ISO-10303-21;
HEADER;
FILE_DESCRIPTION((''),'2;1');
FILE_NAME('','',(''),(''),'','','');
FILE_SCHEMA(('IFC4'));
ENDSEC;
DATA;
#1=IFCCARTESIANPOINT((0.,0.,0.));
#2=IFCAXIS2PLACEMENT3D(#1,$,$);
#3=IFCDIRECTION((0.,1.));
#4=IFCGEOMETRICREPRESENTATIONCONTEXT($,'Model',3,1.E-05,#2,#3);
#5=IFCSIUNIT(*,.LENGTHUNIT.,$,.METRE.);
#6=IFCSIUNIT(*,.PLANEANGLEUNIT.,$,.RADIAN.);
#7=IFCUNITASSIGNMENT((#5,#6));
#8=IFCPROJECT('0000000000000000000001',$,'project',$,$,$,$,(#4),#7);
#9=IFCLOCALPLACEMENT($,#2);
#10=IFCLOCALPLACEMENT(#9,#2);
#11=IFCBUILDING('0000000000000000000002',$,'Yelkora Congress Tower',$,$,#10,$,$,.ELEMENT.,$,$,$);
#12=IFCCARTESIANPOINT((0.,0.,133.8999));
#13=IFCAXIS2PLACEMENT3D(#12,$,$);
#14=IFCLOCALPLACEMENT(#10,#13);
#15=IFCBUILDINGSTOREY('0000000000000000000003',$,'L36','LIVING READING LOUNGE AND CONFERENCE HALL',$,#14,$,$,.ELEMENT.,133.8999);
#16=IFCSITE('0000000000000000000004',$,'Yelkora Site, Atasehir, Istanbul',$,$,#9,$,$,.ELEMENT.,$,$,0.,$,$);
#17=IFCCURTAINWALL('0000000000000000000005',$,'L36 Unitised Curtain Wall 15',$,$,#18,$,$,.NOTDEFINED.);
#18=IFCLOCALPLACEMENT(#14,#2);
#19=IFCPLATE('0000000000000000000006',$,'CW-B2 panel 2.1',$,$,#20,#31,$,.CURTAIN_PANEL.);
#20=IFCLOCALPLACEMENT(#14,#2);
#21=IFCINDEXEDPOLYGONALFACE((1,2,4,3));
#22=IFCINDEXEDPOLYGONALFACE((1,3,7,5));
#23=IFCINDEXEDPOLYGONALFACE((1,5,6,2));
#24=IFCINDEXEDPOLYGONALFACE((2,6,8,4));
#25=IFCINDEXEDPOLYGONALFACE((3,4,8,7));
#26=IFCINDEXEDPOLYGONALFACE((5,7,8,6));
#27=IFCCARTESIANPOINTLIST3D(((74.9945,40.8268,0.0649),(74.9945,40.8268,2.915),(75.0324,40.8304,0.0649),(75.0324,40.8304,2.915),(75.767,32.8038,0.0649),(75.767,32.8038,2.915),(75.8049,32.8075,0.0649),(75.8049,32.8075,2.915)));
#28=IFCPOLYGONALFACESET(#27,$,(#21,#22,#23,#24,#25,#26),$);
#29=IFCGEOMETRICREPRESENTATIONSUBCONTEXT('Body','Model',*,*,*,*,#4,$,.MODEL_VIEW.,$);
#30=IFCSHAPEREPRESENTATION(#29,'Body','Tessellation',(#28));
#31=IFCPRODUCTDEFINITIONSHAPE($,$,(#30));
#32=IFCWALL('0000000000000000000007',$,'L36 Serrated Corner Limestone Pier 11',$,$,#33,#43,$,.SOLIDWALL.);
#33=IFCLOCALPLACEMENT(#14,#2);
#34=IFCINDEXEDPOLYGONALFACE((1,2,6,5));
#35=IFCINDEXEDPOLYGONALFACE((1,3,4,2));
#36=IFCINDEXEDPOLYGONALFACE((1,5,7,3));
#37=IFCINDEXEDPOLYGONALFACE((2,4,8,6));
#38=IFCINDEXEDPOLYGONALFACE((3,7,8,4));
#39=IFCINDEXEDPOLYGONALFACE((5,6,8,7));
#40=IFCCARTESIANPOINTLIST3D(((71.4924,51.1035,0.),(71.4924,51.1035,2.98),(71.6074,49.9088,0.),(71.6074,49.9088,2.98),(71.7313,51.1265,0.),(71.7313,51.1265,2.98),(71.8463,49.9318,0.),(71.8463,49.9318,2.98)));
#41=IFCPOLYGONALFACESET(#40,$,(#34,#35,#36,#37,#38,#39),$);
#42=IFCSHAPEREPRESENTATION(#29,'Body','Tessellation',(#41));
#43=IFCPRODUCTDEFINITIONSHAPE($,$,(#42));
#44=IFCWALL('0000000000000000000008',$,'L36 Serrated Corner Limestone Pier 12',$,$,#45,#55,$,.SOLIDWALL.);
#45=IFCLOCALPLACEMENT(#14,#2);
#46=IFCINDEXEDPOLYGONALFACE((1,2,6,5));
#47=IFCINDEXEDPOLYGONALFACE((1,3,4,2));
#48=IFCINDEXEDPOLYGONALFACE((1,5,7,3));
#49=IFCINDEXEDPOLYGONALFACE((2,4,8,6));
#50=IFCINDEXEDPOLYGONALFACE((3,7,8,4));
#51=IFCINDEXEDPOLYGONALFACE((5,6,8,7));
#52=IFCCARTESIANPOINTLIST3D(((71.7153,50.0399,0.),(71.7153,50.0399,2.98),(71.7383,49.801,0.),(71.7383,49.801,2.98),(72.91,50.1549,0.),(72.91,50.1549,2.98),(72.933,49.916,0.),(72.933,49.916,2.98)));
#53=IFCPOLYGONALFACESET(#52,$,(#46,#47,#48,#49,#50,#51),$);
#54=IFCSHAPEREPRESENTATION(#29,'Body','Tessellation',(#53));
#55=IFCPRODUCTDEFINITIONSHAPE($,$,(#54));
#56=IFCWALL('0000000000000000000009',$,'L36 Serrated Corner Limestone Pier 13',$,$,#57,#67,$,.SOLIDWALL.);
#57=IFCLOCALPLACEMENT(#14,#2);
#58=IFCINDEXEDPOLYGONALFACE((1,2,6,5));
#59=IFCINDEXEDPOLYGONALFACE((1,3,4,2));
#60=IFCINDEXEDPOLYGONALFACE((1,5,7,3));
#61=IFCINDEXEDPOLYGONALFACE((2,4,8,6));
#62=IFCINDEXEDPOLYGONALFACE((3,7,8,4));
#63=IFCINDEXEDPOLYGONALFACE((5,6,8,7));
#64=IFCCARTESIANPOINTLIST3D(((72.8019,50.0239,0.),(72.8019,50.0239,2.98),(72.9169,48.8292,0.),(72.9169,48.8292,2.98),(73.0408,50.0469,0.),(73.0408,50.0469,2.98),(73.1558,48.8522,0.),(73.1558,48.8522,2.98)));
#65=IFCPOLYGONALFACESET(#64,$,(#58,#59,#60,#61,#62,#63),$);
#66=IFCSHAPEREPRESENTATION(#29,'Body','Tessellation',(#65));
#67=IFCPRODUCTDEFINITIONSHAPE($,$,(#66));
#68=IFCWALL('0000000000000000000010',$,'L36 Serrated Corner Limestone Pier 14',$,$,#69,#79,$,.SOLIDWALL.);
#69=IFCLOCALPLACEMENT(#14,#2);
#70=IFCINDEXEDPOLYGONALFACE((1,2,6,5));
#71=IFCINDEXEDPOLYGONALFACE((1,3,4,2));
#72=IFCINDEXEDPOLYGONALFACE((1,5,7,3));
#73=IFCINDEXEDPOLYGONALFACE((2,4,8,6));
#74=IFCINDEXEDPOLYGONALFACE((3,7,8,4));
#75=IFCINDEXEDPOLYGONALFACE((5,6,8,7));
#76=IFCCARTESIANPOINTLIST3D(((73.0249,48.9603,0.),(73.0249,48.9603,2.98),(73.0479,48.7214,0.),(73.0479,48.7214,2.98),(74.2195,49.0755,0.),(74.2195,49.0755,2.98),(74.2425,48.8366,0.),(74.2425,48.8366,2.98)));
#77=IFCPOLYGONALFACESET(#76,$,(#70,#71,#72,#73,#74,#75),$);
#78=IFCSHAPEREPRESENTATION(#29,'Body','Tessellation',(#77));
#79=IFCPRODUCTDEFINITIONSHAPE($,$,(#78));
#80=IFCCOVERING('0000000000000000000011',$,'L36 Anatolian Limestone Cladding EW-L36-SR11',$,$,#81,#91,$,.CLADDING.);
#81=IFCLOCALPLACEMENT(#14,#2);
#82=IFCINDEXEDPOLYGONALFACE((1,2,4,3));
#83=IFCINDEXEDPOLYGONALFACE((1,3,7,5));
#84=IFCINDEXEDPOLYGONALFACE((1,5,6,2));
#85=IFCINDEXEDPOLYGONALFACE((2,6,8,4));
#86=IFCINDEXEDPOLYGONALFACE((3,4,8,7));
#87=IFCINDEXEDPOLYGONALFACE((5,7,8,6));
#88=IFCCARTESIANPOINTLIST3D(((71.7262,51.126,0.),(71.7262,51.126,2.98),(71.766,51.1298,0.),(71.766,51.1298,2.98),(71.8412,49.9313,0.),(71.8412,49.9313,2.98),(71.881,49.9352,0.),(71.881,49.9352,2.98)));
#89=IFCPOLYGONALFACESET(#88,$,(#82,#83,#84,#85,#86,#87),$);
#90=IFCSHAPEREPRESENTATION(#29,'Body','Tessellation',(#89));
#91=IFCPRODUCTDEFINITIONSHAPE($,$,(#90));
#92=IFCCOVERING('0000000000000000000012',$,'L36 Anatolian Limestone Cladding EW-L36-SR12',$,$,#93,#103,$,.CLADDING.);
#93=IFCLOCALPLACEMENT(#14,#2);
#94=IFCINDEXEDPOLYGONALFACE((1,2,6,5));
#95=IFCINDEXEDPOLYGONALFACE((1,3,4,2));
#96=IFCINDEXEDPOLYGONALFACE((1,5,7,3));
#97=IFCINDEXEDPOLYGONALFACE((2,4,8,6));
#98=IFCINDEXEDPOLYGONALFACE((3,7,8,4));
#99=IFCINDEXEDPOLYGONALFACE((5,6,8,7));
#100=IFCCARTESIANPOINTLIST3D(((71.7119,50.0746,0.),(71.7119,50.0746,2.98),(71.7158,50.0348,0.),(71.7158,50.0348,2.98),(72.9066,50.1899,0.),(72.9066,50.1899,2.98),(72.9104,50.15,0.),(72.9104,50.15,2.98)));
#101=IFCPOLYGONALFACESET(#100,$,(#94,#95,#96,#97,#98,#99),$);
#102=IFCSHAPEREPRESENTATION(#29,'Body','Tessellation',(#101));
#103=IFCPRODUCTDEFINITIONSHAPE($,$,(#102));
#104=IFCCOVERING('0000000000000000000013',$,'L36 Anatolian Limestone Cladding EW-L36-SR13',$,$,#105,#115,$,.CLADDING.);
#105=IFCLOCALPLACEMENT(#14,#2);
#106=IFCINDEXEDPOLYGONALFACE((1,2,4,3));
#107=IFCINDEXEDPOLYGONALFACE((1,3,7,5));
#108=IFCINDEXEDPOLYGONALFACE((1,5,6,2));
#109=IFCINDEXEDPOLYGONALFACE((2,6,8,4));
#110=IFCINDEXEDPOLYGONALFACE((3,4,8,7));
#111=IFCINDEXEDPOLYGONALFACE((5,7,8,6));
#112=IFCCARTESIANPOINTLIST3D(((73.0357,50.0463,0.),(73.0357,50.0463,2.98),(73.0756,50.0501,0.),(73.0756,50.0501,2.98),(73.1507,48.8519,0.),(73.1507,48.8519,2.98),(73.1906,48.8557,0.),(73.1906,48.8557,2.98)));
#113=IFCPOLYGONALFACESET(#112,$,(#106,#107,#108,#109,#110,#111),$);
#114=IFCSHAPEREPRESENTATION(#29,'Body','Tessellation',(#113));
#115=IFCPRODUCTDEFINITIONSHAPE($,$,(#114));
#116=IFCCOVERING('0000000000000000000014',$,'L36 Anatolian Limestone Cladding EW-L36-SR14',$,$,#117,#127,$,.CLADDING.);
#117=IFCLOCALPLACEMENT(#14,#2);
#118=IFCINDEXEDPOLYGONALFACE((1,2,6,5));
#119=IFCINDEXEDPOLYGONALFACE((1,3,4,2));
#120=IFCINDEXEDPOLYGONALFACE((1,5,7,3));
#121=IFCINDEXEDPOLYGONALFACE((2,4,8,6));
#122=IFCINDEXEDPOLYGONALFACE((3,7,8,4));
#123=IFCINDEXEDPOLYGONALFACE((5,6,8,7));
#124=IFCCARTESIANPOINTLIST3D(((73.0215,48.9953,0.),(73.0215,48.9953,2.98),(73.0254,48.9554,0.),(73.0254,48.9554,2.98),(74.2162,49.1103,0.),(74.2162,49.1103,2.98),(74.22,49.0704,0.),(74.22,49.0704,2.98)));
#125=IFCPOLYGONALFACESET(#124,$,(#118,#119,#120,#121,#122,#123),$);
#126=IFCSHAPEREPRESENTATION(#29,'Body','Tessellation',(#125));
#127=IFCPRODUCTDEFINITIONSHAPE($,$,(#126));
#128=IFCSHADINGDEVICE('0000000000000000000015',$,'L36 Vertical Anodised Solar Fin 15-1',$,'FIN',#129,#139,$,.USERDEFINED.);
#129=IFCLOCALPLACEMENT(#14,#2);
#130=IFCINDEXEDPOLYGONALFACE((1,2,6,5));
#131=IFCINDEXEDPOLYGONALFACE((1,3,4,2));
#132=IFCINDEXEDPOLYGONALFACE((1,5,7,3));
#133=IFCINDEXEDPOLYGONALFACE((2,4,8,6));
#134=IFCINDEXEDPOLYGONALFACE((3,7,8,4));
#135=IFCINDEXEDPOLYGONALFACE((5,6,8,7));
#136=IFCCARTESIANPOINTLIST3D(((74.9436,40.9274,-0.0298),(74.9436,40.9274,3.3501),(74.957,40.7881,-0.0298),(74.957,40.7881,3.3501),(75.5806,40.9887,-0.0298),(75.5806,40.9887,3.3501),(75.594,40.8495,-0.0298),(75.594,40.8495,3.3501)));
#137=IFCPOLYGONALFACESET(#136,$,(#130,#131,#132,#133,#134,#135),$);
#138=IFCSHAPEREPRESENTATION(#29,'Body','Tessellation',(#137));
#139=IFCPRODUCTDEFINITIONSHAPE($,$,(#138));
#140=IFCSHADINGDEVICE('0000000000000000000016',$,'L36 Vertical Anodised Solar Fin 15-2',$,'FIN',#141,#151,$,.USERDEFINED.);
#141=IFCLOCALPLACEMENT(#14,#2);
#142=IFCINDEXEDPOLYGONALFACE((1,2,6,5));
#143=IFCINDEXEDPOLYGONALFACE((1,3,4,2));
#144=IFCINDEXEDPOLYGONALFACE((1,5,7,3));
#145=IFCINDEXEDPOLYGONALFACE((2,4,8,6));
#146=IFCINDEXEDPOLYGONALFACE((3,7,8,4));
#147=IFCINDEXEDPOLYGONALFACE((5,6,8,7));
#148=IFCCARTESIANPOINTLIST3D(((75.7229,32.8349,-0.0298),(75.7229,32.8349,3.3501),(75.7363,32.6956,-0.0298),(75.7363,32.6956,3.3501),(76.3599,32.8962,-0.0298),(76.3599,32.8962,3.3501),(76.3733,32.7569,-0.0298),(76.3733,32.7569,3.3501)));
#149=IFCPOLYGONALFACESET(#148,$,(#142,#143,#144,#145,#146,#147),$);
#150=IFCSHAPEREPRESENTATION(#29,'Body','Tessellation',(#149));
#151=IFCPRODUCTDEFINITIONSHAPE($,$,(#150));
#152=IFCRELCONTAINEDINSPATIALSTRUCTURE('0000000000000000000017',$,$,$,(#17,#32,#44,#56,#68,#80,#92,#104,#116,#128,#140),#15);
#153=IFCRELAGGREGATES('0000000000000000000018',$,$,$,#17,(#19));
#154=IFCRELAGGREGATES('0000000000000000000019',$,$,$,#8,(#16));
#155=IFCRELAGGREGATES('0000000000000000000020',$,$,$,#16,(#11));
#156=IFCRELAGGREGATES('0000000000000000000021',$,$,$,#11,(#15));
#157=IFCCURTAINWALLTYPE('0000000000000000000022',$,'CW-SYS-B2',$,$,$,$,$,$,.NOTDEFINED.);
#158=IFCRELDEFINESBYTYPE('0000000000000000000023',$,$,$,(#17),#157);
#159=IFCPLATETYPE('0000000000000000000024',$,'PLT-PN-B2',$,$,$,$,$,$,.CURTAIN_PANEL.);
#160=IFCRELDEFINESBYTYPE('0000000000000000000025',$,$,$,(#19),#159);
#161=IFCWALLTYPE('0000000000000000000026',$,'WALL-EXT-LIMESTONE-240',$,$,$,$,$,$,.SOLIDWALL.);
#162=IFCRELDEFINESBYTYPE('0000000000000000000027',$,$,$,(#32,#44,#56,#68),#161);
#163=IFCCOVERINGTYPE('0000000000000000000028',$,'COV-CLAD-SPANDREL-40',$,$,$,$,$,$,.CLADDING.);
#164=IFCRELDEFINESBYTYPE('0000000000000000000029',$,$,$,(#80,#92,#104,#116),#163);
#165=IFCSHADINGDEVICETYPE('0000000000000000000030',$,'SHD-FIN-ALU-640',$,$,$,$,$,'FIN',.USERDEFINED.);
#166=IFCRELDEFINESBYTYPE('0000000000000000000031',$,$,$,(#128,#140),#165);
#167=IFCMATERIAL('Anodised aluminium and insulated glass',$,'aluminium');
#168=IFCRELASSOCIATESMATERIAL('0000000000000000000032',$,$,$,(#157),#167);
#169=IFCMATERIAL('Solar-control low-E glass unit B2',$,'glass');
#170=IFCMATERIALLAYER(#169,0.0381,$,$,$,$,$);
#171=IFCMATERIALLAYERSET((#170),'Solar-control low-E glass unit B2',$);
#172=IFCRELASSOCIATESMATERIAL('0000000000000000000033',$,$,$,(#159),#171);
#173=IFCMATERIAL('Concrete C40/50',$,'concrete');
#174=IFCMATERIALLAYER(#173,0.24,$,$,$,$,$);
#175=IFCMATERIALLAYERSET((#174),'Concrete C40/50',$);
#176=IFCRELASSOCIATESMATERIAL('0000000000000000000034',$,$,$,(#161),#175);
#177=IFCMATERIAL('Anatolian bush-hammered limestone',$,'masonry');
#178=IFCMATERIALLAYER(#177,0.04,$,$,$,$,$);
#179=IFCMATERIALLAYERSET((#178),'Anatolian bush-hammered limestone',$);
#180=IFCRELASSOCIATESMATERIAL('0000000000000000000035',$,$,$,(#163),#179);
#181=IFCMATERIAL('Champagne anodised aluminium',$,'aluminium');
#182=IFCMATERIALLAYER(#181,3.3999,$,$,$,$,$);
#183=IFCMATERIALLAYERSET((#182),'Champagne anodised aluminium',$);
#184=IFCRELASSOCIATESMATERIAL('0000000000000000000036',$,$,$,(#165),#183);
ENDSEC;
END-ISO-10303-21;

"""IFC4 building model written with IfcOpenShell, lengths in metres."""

from ifc_helpers import new_model, si_unit, direction, frame, frame_2d, origin, origin_2d, place, context, subcontext, project, spatial, rectangle, extrude, material, layer, layer_set, type_object, element, aggregate, save


model = new_model("IFC4")

# Units and contexts
model_context = context("Model", 3, precision=1e-05, world=origin(), true_north=direction((0.0, 1.0)))
body_context = subcontext(model_context, "Body", "Model", "MODEL_VIEW")
ifc_project = project(units=[si_unit("LENGTHUNIT", "METRE"), si_unit("PLANEANGLEUNIT", "RADIAN")], contexts=[model_context])

# Site, building, storey
site_placement = place(None, origin())
site = spatial("IfcSite", under=ifc_project, at=site_placement, Name="Yelkora Site, Atasehir, Istanbul", CompositionType="ELEMENT", RefElevation=0.0)
building_placement = place(site_placement, origin())
building = spatial("IfcBuilding", under=site, at=building_placement, Name="Yelkora Congress Tower", CompositionType="ELEMENT")
storey_placement = place(building_placement, frame((0.0, 0.0, 133.8999)))
storey = spatial("IfcBuildingStorey", under=building, at=storey_placement, Name="L36", Description="LIVING READING LOUNGE AND CONFERENCE HALL", CompositionType="ELEMENT", Elevation=133.8999)

# Shared definitions
ifc_material_1 = material(Name="Anodised aluminium and insulated glass", Category="aluminium")
curtain_wall_type = type_object("IfcCurtainWallType", Name="CW-SYS-B2", PredefinedType="NOTDEFINED", material=ifc_material_1)

# Curtain wall, plate
curtain_wall_1_placement = place(storey_placement, origin())
curtain_wall_1 = element("IfcCurtainWall", 1, at=curtain_wall_1_placement, inside=storey, type_object=curtain_wall_type, Name="L36 Unitised Curtain Wall 15", PredefinedType="NOTDEFINED")
ifc_material_2 = material(Name="Solar-control low-E glass unit B2", Category="glass")
ifc_layer_1 = layer(ifc_material_2, 0.0381)
ifc_layer_set_1 = layer_set([ifc_layer_1], Name="Solar-control low-E glass unit B2")
plate_type = type_object("IfcPlateType", Name="PLT-PN-B2", PredefinedType="CURTAIN_PANEL", material=ifc_layer_set_1)
plate_1_placement = place(storey_placement, frame((75.3997, 36.8171, 0.0649), z_axis=(0.0, 0.0, 1.0), x_axis=(0.095843, -0.995397, 0.0)))
plate_1 = element("IfcPlate", 2, at=plate_1_placement, type_object=plate_type, Name="CW-B2 panel 2.1", PredefinedType="CURTAIN_PANEL", context=body_context, shape_type="SweptSolid", body=[
    extrude(rectangle(XDim=8.0601, YDim=0.0381, at=origin_2d()), origin(), (0.0, 0.0, 1.0), 2.8501),
])
aggregate(curtain_wall_1, [plate_1])

# Walls
ifc_material_3 = material(Name="Concrete C40/50", Category="concrete")
ifc_layer_2 = layer(ifc_material_3, 0.24)
ifc_layer_set_2 = layer_set([ifc_layer_2], Name="Concrete C40/50")
wall_type = type_object("IfcWallType", Name="WALL-EXT-LIMESTONE-240", PredefinedType="SOLIDWALL", material=ifc_layer_set_2)
for number, where, z_axis, x_axis, name in (
    (3, (71.6118, 51.115, 0.0), (0.0, 0.0, 1.0), (0.095817, -0.995399, 0.0), "L36 Serrated Corner Limestone Pier 11"),
    (4, (71.7268, 49.9204, 0.0), (0.0, 0.0, 1.0), (0.995399, 0.095817, 0.0), "L36 Serrated Corner Limestone Pier 12"),
    (5, (72.9214, 50.0354, 0.0), (0.0, 0.0, 1.0), (0.095817, -0.995399, 0.0), "L36 Serrated Corner Limestone Pier 13"),
    (6, (73.0364, 48.8408, 0.0), (0.0, 0.0, 1.0), (0.99538, 0.096019, 0.0), "L36 Serrated Corner Limestone Pier 14"),
):
    element("IfcWall", number, at=place(storey_placement, frame(where, z_axis=z_axis, x_axis=x_axis)), inside=storey, type_object=wall_type, Name=name, PredefinedType="SOLIDWALL", context=body_context, shape_type="SweptSolid", body=[
        extrude(rectangle(XDim=1.2002, YDim=0.24, at=frame_2d((0.6001, 0.0))), origin(), (0.0, 0.0, 1.0), 2.98),
    ])

# Coverings
ifc_material_4 = material(Name="Anatolian bush-hammered limestone", Category="masonry")
ifc_layer_3 = layer(ifc_material_4, 0.04)
ifc_layer_set_3 = layer_set([ifc_layer_3], Name="Anatolian bush-hammered limestone")
covering_type = type_object("IfcCoveringType", Name="COV-CLAD-SPANDREL-40", PredefinedType="CLADDING", material=ifc_layer_set_3)
for number, where, z_axis, x_axis, name in (
    (7, (71.7461, 51.1279, 0.0), (0.0, 0.0, 1.0), (0.095817, -0.995399, 0.0), "L36 Anatolian Limestone Cladding EW-L36-SR11"),
    (8, (71.7139, 50.0547, 0.0), (0.0, 0.0, 1.0), (0.99538, 0.096019, 0.0), "L36 Anatolian Limestone Cladding EW-L36-SR12"),
):
    element("IfcCovering", number, at=place(storey_placement, frame(where, z_axis=z_axis, x_axis=x_axis)), inside=storey, type_object=covering_type, Name=name, PredefinedType="CLADDING", context=body_context, shape_type="SweptSolid", body=[
        extrude(rectangle(XDim=1.2002, YDim=0.04, at=frame_2d((0.6001, 0.0))), origin(), (0.0, 0.0, 1.0), 2.98),
    ])
covering_1_placement = place(storey_placement, frame((73.0557, 50.0483, 0.0), z_axis=(0.0, 0.0, 1.0), x_axis=(0.095836, -0.995397, 0.0)))
element("IfcCovering", 9, at=covering_1_placement, inside=storey, type_object=covering_type, Name="L36 Anatolian Limestone Cladding EW-L36-SR13", PredefinedType="CLADDING", context=body_context, shape_type="SweptSolid", body=[
    extrude(rectangle(XDim=1.2, YDim=0.04, at=frame_2d((0.6001, 0.0))), origin(), (0.0, 0.0, 1.0), 2.98),
])
covering_2_placement = place(storey_placement, frame((73.0234, 48.9753, 0.0), z_axis=(0.0, 0.0, 1.0), x_axis=(0.995399, 0.095817, 0.0)))
element("IfcCovering", 10, at=covering_2_placement, inside=storey, type_object=covering_type, Name="L36 Anatolian Limestone Cladding EW-L36-SR14", PredefinedType="CLADDING", context=body_context, shape_type="SweptSolid", body=[
    extrude(rectangle(XDim=1.2002, YDim=0.04, at=frame_2d((0.6001, 0.0))), origin(), (0.0, 0.0, 1.0), 2.98),
])

# Shading devices
ifc_material_5 = material(Name="Champagne anodised aluminium", Category="aluminium")
ifc_layer_4 = layer(ifc_material_5, 3.3999)
ifc_layer_set_4 = layer_set([ifc_layer_4], Name="Champagne anodised aluminium")
shading_device_type = type_object("IfcShadingDeviceType", Name="SHD-FIN-ALU-640", ElementType="FIN", PredefinedType="USERDEFINED", material=ifc_layer_set_4)
for number, where, z_axis, x_axis, name in (
    (11, (75.2688, 40.8884, -0.0298), (0.0, 0.0, 1.0), (0.095846, -0.995396, 0.0), "L36 Vertical Anodised Solar Fin 15-1"),
    (12, (76.0481, 32.7959, -0.0298), (0.0, 0.0, 1.0), (0.095846, -0.995396, 0.0), "L36 Vertical Anodised Solar Fin 15-2"),
):
    element("IfcShadingDevice", number, at=place(storey_placement, frame(where, z_axis=z_axis, x_axis=x_axis)), inside=storey, type_object=shading_device_type, Name=name, ObjectType="FIN", PredefinedType="USERDEFINED", context=body_context, shape_type="SweptSolid", body=[
        extrude(rectangle(XDim=0.1399, YDim=0.6399, at=origin_2d()), origin(), (0.0, 0.0, 1.0), 3.3799),
    ])

save(model, "model.ifc")
